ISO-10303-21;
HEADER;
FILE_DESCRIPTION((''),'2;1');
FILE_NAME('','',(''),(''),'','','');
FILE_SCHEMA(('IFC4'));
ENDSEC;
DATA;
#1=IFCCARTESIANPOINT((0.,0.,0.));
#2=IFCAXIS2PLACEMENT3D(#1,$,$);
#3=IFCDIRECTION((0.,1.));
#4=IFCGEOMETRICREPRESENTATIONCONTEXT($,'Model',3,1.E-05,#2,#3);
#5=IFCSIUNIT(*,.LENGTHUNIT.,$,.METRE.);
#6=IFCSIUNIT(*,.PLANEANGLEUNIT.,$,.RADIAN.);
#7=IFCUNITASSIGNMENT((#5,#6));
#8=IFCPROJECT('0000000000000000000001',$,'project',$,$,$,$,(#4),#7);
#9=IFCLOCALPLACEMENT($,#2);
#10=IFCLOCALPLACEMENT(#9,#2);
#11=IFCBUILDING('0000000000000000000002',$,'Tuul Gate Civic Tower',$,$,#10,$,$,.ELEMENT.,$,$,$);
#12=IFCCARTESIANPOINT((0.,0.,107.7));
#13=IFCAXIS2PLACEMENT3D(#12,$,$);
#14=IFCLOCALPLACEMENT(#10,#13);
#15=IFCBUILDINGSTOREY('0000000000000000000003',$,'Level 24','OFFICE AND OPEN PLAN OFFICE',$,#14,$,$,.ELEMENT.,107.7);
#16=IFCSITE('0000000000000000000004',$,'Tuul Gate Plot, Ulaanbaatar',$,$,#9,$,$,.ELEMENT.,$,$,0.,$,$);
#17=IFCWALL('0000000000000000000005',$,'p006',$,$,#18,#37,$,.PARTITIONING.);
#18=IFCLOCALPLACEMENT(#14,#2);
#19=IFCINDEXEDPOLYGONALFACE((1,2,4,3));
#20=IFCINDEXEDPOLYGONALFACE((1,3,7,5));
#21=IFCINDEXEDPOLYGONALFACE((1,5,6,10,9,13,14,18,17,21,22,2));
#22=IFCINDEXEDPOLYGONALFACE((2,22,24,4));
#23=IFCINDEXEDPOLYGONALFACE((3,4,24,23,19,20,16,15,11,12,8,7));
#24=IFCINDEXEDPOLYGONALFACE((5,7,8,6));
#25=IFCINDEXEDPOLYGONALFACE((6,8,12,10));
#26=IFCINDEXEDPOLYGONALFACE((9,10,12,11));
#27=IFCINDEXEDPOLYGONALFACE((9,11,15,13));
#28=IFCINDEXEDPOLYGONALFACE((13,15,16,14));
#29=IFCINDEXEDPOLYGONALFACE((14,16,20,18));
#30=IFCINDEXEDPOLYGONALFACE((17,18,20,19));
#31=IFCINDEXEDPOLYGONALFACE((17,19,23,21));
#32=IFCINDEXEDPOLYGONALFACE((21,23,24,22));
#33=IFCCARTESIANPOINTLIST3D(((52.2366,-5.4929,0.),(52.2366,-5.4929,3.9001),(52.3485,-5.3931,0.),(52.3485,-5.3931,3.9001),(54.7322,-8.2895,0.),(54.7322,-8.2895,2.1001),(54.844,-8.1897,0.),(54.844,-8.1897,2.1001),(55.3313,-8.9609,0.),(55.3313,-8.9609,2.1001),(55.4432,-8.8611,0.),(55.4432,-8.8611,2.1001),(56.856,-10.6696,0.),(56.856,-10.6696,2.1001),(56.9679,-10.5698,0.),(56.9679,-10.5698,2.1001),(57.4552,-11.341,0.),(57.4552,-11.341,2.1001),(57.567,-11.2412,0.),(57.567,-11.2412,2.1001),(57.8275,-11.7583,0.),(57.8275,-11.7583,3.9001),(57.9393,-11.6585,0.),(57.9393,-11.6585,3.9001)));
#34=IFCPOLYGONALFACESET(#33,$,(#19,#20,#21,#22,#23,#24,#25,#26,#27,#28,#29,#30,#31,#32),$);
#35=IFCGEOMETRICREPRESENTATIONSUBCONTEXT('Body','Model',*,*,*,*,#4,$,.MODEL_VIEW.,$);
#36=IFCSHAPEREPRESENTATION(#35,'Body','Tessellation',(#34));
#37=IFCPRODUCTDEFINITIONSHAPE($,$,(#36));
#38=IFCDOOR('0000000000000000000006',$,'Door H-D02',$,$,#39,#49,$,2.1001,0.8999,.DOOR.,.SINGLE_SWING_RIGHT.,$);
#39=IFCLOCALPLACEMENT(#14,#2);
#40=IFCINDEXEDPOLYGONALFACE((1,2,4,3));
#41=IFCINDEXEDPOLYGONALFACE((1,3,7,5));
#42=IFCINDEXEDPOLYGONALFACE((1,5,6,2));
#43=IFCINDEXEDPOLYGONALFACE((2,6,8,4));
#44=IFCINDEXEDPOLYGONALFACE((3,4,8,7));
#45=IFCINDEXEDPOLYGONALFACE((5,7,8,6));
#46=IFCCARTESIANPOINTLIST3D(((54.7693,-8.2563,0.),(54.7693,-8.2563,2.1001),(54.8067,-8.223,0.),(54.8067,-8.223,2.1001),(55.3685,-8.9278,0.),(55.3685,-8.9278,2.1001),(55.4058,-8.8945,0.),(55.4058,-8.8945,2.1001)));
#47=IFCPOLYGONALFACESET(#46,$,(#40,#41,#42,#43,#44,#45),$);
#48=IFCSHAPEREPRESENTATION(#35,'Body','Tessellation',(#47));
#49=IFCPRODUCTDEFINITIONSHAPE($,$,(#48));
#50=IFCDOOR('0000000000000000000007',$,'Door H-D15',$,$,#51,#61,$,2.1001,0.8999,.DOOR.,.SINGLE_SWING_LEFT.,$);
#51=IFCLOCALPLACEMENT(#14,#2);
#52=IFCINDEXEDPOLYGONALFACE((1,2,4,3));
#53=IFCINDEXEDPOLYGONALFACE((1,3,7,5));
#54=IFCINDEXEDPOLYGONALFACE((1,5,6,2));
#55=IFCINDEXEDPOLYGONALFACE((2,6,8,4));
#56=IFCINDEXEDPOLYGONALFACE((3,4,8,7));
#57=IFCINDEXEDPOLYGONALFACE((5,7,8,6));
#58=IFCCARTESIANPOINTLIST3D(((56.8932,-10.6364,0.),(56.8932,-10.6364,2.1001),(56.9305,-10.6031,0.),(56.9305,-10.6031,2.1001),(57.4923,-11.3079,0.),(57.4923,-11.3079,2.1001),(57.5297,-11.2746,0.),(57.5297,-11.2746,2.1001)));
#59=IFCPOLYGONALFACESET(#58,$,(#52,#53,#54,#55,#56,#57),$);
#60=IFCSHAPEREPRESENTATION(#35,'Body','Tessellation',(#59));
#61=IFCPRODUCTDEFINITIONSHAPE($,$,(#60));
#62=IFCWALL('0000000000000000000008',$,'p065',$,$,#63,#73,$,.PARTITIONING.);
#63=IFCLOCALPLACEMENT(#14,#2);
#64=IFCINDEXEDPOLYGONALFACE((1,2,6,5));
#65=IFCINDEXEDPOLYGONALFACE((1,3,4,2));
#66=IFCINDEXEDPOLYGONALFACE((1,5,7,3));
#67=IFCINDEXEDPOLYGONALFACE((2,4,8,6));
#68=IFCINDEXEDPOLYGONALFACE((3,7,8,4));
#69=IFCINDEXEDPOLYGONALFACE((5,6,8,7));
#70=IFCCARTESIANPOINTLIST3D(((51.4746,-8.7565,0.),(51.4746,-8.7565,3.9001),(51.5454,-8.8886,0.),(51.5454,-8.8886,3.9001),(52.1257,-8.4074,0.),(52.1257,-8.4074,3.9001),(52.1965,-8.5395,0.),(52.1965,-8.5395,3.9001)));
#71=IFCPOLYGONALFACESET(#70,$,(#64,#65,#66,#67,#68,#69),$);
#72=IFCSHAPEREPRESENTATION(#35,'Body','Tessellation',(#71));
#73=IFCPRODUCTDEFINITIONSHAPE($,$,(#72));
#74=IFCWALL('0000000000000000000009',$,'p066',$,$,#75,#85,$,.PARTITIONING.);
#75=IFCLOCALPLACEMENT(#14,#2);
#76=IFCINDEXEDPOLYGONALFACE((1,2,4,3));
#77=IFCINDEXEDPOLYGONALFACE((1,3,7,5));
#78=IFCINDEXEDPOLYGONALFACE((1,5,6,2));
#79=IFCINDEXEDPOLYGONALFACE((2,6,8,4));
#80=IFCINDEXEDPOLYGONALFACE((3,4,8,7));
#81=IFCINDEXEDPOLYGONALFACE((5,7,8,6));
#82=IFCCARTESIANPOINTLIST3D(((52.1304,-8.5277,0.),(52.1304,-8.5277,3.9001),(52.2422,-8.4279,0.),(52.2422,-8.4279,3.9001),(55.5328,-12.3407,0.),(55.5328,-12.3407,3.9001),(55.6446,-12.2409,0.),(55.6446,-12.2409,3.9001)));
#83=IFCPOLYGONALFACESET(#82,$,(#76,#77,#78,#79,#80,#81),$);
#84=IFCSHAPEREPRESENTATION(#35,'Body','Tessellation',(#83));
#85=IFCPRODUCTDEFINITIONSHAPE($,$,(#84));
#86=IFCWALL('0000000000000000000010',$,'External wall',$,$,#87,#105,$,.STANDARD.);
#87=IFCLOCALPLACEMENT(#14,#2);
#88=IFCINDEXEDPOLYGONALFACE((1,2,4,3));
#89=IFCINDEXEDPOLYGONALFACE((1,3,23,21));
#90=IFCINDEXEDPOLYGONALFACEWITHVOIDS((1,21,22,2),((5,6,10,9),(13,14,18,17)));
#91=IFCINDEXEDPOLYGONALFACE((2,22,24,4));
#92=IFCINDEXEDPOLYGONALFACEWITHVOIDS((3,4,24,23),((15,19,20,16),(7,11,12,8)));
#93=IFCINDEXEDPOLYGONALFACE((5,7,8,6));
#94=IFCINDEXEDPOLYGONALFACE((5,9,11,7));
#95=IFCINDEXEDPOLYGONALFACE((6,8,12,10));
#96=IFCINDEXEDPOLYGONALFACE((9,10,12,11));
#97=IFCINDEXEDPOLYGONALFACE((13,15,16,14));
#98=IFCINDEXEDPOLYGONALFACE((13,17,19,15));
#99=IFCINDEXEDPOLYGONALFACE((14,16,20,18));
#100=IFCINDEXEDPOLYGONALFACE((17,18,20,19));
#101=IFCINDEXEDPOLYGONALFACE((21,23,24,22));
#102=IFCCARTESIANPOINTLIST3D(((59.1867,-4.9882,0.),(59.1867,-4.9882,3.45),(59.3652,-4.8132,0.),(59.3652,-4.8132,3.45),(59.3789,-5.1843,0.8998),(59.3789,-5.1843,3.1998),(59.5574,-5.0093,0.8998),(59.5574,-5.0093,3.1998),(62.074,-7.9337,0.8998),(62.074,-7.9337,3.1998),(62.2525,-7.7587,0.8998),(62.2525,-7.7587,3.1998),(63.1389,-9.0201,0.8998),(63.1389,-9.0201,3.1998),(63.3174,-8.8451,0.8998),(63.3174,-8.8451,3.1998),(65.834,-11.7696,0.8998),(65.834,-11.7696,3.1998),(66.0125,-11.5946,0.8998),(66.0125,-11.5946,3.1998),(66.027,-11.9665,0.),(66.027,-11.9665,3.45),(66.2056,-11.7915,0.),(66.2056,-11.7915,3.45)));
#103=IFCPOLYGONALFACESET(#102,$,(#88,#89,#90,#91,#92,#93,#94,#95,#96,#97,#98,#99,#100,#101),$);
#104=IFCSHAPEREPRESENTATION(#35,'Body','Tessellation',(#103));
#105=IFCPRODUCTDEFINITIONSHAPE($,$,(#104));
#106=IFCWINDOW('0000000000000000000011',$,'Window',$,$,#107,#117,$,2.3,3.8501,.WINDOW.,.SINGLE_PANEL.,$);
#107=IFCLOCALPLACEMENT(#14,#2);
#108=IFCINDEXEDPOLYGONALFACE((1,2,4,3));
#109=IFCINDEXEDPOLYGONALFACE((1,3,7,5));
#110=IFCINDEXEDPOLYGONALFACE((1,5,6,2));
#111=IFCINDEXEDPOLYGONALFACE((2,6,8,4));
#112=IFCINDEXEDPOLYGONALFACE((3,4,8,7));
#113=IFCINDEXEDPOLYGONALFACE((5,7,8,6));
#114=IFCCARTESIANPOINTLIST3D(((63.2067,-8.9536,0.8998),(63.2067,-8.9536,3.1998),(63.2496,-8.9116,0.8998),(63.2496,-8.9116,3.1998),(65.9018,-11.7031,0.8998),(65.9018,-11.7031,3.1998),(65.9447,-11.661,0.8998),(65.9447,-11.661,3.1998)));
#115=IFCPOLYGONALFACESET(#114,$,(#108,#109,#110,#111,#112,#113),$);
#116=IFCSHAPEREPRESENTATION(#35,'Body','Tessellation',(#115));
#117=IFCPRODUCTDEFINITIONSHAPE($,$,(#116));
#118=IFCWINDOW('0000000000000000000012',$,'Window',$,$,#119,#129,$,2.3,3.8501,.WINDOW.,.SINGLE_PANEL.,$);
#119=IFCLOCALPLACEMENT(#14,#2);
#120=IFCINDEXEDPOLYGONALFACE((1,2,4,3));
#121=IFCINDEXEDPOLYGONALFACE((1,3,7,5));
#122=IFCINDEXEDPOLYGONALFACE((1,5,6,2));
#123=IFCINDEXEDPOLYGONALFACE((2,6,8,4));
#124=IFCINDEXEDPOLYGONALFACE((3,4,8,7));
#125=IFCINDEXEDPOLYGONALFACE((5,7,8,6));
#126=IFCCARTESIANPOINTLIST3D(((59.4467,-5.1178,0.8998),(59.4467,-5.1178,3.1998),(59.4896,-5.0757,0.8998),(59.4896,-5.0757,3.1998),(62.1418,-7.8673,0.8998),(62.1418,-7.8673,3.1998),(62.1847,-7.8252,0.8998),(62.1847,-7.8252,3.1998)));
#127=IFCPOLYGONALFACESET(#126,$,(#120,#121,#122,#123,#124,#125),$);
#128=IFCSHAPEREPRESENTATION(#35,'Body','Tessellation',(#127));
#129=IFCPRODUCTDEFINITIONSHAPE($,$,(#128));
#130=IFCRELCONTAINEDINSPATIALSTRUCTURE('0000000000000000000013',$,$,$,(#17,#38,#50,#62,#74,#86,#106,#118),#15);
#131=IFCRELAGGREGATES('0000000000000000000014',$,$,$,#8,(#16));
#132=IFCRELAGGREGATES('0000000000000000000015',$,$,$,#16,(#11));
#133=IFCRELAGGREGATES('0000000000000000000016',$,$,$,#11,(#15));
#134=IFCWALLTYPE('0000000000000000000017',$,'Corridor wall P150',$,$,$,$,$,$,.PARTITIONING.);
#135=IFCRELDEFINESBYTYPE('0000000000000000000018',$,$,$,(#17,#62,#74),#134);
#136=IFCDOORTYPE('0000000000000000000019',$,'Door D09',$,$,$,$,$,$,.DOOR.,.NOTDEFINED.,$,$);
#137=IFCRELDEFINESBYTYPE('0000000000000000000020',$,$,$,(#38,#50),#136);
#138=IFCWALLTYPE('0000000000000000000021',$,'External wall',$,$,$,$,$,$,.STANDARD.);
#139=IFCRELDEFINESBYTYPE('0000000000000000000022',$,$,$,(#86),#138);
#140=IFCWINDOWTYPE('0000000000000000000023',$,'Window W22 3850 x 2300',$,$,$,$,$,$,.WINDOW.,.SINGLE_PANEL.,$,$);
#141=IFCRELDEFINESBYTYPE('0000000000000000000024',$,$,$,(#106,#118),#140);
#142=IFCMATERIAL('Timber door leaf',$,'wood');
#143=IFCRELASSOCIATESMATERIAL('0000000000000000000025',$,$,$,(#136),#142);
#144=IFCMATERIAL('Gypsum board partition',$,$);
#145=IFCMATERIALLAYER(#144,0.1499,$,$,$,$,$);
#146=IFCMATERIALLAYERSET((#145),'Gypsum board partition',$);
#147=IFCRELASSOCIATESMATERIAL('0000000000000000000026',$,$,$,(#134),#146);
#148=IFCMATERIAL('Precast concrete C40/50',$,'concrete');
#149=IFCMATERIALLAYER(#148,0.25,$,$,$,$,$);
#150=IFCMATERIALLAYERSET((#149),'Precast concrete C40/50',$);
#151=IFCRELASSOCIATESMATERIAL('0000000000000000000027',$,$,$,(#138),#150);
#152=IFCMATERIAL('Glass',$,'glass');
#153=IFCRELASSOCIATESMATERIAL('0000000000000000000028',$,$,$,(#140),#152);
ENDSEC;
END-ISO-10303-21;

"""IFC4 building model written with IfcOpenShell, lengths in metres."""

from ifc_helpers import new_model, si_unit, direction, frame, frame_2d, origin, place, context, subcontext, project, spatial, rectangle, extrude, material, layer, layer_set, type_object, element, fill, save


model = new_model("IFC4")

# Units and contexts
model_context = context("Model", 3, precision=1e-05, world=origin(), true_north=direction((0.0, 1.0)))
body_context = subcontext(model_context, "Body", "Model", "MODEL_VIEW")
ifc_project = project(units=[si_unit("LENGTHUNIT", "METRE"), si_unit("PLANEANGLEUNIT", "RADIAN")], contexts=[model_context])

# Site, building, storey
site_placement = place(None, origin())
site = spatial("IfcSite", under=ifc_project, at=site_placement, Name="Tuul Gate Plot, Ulaanbaatar", CompositionType="ELEMENT", RefElevation=0.0)
building_placement = place(site_placement, origin())
building = spatial("IfcBuilding", under=site, at=building_placement, Name="Tuul Gate Civic Tower", CompositionType="ELEMENT")
storey_placement = place(building_placement, frame((0.0, 0.0, 107.7)))
storey = spatial("IfcBuildingStorey", under=building, at=storey_placement, Name="Level 24", Description="OFFICE AND OPEN PLAN OFFICE", CompositionType="ELEMENT", Elevation=107.7)

# Shared definitions
ifc_material_1 = material(Name="Timber door leaf", Category="wood")
door_type = type_object("IfcDoorType", Name="Door D09", OperationType="NOTDEFINED", PredefinedType="DOOR", material=ifc_material_1)

# Wall, openings, doors
ifc_material_2 = material(Name="Gypsum board partition")
ifc_layer_1 = layer(ifc_material_2, 0.1499)
ifc_layer_set_1 = layer_set([ifc_layer_1], Name="Gypsum board partition")
wall_type_1 = type_object("IfcWallType", Name="Corridor wall P150", PredefinedType="PARTITIONING", material=ifc_layer_set_1)
wall_1_placement = place(storey_placement, frame((52.2925, -5.4429, 0.0), z_axis=(0.0, 0.0, 1.0), x_axis=(0.665799, -0.746131, 0.0)))
wall_1 = element("IfcWall", 1, at=wall_1_placement, inside=storey, type_object=wall_type_1, Name="p006", PredefinedType="PARTITIONING", context=body_context, shape_type="SweptSolid", body=[
    extrude(rectangle(XDim=8.3972, YDim=0.1499, at=frame_2d((4.1987, 0.0))), origin(), (0.0, 0.0, 1.0), 3.9001),
])
opening_1_placement = place(wall_1_placement, frame((3.7483, 0.0, 0.0)))
opening_1 = element("IfcOpeningElement", 2, at=opening_1_placement, cuts=wall_1, PredefinedType="OPENING", context=body_context, shape_type="SweptSolid", body=[
    extrude(rectangle(XDim=0.8999, YDim=2.1001, at=frame_2d((0.45, 1.05))), frame((0.0, 0.085, 0.0), z_axis=(0.0, -1.0, 0.0), x_axis=(1.0, 0.0, 0.0)), (0.0, 0.0, 1.0), 0.1699),
])
opening_2_placement = place(wall_1_placement, frame((6.9382, 0.0, 0.0)))
opening_2 = element("IfcOpeningElement", 3, at=opening_2_placement, cuts=wall_1, PredefinedType="OPENING", context=body_context, shape_type="SweptSolid", body=[
    extrude(rectangle(XDim=0.8999, YDim=2.1001, at=frame_2d((0.45, 1.05))), frame((0.0, 0.085, 0.0), z_axis=(0.0, -1.0, 0.0), x_axis=(1.0, 0.0, 0.0)), (0.0, 0.0, 1.0), 0.1699),
])
door_1_placement = place(opening_1_placement, origin())
door_1 = element("IfcDoor", 4, at=door_1_placement, inside=storey, type_object=door_type, Name="Door H-D02", OperationType="SINGLE_SWING_RIGHT", OverallHeight=2.1001, OverallWidth=0.8999, PredefinedType="DOOR", context=body_context, shape_type="SweptSolid", body=[
    extrude(rectangle(XDim=0.8999, YDim=2.1001, at=frame_2d((0.45, 1.05))), frame((0.0, 0.0249, 0.0), z_axis=(0.0, -1.0, 0.0), x_axis=(1.0, 0.0, 0.0)), (0.0, 0.0, 1.0), 0.05),
])
fill(opening_1, door_1)
door_2_placement = place(opening_2_placement, origin())
door_2 = element("IfcDoor", 5, at=door_2_placement, inside=storey, type_object=door_type, Name="Door H-D15", OperationType="SINGLE_SWING_LEFT", OverallHeight=2.1001, OverallWidth=0.8999, PredefinedType="DOOR", context=body_context, shape_type="SweptSolid", body=[
    extrude(rectangle(XDim=0.8999, YDim=2.1001, at=frame_2d((0.45, 1.05))), frame((0.0, 0.0249, 0.0), z_axis=(0.0, -1.0, 0.0), x_axis=(1.0, 0.0, 0.0)), (0.0, 0.0, 1.0), 0.05),
])
fill(opening_2, door_2)

# Walls
wall_2_placement = place(storey_placement, frame((51.51, -8.8225, 0.0), z_axis=(0.0, 0.0, 1.0), x_axis=(0.881308, 0.472542, 0.0)))
element("IfcWall", 6, at=wall_2_placement, inside=storey, type_object=wall_type_1, Name="p065", PredefinedType="PARTITIONING", context=body_context, shape_type="SweptSolid", body=[
    extrude(rectangle(XDim=0.7388, YDim=0.1499, at=frame_2d((0.3694, 0.0))), origin(), (0.0, 0.0, 1.0), 3.9001),
])
wall_3_placement = place(storey_placement, frame((52.1863, -8.4778, 0.0), z_axis=(0.0, 0.0, 1.0), x_axis=(0.665786, -0.746143, 0.0)))
element("IfcWall", 7, at=wall_3_placement, inside=storey, type_object=wall_type_1, Name="p066", PredefinedType="PARTITIONING", context=body_context, shape_type="SweptSolid", body=[
    extrude(rectangle(XDim=5.1104, YDim=0.1499, at=frame_2d((2.5552, 0.0))), origin(), (0.0, 0.0, 1.0), 3.9001),
])

# Wall, openings, windows
ifc_material_3 = material(Name="Precast concrete C40/50", Category="concrete")
ifc_layer_2 = layer(ifc_material_3, 0.25)
ifc_layer_set_2 = layer_set([ifc_layer_2], Name="Precast concrete C40/50")
wall_type_2 = type_object("IfcWallType", Name="External wall", PredefinedType="STANDARD", material=ifc_layer_set_2)
wall_4_placement = place(storey_placement, frame((66.1162, -11.8789, 0.0), z_axis=(0.0, 0.0, 1.0), x_axis=(-0.700013, 0.71413, 0.0)))
wall_4 = element("IfcWall", 8, at=wall_4_placement, inside=storey, type_object=wall_type_2, Name="External wall", PredefinedType="STANDARD", context=body_context, shape_type="SweptSolid", body=[
    extrude(rectangle(XDim=9.7717, YDim=0.25, at=frame_2d((4.8857, 0.0))), origin(), (0.0, 0.0, 1.0), 3.45),
])
opening_3_placement = place(wall_4_placement, frame((0.2756, 0.0, 0.8999)))
opening_3 = element("IfcOpeningElement", 9, at=opening_3_placement, cuts=wall_4, PredefinedType="OPENING", context=body_context, shape_type="SweptSolid", body=[
    extrude(rectangle(XDim=3.8501, YDim=2.3, at=frame_2d((1.925, 1.1499))), frame((0.0, 0.135, 0.0), z_axis=(0.0, -1.0, 0.0), x_axis=(1.0, 0.0, 0.0)), (0.0, 0.0, 1.0), 0.27),
])
opening_4_placement = place(wall_4_placement, frame((5.647, 0.0, 0.8999)))
opening_4 = element("IfcOpeningElement", 10, at=opening_4_placement, cuts=wall_4, PredefinedType="OPENING", context=body_context, shape_type="SweptSolid", body=[
    extrude(rectangle(XDim=3.8501, YDim=2.3, at=frame_2d((1.925, 1.1499))), frame((0.0, 0.135, 0.0), z_axis=(0.0, -1.0, 0.0), x_axis=(1.0, 0.0, 0.0)), (0.0, 0.0, 1.0), 0.27),
])
ifc_material_4 = material(Name="Glass", Category="glass")
window_type = type_object("IfcWindowType", Name="Window W22 3850 x 2300", PartitioningType="SINGLE_PANEL", PredefinedType="WINDOW", material=ifc_material_4)
window_1_placement = place(opening_3_placement, origin())
window_1 = element("IfcWindow", 11, at=window_1_placement, inside=storey, type_object=window_type, Name="Window", OverallHeight=2.3, OverallWidth=3.8501, PartitioningType="SINGLE_PANEL", PredefinedType="WINDOW", context=body_context, shape_type="SweptSolid", body=[
    extrude(rectangle(XDim=3.8501, YDim=2.3, at=frame_2d((1.925, 1.1499))), frame((0.0, 0.03, 0.0), z_axis=(0.0, -1.0, 0.0), x_axis=(1.0, 0.0, 0.0)), (0.0, 0.0, 1.0), 0.0601),
])
fill(opening_3, window_1)
window_2_placement = place(opening_4_placement, origin())
window_2 = element("IfcWindow", 12, at=window_2_placement, inside=storey, type_object=window_type, Name="Window", OverallHeight=2.3, OverallWidth=3.8501, PartitioningType="SINGLE_PANEL", PredefinedType="WINDOW", context=body_context, shape_type="SweptSolid", body=[
    extrude(rectangle(XDim=3.8501, YDim=2.3, at=frame_2d((1.925, 1.1499))), frame((0.0, 0.03, 0.0), z_axis=(0.0, -1.0, 0.0), x_axis=(1.0, 0.0, 0.0)), (0.0, 0.0, 1.0), 0.0601),
])
fill(opening_4, window_2)

save(model, "model.ifc")
